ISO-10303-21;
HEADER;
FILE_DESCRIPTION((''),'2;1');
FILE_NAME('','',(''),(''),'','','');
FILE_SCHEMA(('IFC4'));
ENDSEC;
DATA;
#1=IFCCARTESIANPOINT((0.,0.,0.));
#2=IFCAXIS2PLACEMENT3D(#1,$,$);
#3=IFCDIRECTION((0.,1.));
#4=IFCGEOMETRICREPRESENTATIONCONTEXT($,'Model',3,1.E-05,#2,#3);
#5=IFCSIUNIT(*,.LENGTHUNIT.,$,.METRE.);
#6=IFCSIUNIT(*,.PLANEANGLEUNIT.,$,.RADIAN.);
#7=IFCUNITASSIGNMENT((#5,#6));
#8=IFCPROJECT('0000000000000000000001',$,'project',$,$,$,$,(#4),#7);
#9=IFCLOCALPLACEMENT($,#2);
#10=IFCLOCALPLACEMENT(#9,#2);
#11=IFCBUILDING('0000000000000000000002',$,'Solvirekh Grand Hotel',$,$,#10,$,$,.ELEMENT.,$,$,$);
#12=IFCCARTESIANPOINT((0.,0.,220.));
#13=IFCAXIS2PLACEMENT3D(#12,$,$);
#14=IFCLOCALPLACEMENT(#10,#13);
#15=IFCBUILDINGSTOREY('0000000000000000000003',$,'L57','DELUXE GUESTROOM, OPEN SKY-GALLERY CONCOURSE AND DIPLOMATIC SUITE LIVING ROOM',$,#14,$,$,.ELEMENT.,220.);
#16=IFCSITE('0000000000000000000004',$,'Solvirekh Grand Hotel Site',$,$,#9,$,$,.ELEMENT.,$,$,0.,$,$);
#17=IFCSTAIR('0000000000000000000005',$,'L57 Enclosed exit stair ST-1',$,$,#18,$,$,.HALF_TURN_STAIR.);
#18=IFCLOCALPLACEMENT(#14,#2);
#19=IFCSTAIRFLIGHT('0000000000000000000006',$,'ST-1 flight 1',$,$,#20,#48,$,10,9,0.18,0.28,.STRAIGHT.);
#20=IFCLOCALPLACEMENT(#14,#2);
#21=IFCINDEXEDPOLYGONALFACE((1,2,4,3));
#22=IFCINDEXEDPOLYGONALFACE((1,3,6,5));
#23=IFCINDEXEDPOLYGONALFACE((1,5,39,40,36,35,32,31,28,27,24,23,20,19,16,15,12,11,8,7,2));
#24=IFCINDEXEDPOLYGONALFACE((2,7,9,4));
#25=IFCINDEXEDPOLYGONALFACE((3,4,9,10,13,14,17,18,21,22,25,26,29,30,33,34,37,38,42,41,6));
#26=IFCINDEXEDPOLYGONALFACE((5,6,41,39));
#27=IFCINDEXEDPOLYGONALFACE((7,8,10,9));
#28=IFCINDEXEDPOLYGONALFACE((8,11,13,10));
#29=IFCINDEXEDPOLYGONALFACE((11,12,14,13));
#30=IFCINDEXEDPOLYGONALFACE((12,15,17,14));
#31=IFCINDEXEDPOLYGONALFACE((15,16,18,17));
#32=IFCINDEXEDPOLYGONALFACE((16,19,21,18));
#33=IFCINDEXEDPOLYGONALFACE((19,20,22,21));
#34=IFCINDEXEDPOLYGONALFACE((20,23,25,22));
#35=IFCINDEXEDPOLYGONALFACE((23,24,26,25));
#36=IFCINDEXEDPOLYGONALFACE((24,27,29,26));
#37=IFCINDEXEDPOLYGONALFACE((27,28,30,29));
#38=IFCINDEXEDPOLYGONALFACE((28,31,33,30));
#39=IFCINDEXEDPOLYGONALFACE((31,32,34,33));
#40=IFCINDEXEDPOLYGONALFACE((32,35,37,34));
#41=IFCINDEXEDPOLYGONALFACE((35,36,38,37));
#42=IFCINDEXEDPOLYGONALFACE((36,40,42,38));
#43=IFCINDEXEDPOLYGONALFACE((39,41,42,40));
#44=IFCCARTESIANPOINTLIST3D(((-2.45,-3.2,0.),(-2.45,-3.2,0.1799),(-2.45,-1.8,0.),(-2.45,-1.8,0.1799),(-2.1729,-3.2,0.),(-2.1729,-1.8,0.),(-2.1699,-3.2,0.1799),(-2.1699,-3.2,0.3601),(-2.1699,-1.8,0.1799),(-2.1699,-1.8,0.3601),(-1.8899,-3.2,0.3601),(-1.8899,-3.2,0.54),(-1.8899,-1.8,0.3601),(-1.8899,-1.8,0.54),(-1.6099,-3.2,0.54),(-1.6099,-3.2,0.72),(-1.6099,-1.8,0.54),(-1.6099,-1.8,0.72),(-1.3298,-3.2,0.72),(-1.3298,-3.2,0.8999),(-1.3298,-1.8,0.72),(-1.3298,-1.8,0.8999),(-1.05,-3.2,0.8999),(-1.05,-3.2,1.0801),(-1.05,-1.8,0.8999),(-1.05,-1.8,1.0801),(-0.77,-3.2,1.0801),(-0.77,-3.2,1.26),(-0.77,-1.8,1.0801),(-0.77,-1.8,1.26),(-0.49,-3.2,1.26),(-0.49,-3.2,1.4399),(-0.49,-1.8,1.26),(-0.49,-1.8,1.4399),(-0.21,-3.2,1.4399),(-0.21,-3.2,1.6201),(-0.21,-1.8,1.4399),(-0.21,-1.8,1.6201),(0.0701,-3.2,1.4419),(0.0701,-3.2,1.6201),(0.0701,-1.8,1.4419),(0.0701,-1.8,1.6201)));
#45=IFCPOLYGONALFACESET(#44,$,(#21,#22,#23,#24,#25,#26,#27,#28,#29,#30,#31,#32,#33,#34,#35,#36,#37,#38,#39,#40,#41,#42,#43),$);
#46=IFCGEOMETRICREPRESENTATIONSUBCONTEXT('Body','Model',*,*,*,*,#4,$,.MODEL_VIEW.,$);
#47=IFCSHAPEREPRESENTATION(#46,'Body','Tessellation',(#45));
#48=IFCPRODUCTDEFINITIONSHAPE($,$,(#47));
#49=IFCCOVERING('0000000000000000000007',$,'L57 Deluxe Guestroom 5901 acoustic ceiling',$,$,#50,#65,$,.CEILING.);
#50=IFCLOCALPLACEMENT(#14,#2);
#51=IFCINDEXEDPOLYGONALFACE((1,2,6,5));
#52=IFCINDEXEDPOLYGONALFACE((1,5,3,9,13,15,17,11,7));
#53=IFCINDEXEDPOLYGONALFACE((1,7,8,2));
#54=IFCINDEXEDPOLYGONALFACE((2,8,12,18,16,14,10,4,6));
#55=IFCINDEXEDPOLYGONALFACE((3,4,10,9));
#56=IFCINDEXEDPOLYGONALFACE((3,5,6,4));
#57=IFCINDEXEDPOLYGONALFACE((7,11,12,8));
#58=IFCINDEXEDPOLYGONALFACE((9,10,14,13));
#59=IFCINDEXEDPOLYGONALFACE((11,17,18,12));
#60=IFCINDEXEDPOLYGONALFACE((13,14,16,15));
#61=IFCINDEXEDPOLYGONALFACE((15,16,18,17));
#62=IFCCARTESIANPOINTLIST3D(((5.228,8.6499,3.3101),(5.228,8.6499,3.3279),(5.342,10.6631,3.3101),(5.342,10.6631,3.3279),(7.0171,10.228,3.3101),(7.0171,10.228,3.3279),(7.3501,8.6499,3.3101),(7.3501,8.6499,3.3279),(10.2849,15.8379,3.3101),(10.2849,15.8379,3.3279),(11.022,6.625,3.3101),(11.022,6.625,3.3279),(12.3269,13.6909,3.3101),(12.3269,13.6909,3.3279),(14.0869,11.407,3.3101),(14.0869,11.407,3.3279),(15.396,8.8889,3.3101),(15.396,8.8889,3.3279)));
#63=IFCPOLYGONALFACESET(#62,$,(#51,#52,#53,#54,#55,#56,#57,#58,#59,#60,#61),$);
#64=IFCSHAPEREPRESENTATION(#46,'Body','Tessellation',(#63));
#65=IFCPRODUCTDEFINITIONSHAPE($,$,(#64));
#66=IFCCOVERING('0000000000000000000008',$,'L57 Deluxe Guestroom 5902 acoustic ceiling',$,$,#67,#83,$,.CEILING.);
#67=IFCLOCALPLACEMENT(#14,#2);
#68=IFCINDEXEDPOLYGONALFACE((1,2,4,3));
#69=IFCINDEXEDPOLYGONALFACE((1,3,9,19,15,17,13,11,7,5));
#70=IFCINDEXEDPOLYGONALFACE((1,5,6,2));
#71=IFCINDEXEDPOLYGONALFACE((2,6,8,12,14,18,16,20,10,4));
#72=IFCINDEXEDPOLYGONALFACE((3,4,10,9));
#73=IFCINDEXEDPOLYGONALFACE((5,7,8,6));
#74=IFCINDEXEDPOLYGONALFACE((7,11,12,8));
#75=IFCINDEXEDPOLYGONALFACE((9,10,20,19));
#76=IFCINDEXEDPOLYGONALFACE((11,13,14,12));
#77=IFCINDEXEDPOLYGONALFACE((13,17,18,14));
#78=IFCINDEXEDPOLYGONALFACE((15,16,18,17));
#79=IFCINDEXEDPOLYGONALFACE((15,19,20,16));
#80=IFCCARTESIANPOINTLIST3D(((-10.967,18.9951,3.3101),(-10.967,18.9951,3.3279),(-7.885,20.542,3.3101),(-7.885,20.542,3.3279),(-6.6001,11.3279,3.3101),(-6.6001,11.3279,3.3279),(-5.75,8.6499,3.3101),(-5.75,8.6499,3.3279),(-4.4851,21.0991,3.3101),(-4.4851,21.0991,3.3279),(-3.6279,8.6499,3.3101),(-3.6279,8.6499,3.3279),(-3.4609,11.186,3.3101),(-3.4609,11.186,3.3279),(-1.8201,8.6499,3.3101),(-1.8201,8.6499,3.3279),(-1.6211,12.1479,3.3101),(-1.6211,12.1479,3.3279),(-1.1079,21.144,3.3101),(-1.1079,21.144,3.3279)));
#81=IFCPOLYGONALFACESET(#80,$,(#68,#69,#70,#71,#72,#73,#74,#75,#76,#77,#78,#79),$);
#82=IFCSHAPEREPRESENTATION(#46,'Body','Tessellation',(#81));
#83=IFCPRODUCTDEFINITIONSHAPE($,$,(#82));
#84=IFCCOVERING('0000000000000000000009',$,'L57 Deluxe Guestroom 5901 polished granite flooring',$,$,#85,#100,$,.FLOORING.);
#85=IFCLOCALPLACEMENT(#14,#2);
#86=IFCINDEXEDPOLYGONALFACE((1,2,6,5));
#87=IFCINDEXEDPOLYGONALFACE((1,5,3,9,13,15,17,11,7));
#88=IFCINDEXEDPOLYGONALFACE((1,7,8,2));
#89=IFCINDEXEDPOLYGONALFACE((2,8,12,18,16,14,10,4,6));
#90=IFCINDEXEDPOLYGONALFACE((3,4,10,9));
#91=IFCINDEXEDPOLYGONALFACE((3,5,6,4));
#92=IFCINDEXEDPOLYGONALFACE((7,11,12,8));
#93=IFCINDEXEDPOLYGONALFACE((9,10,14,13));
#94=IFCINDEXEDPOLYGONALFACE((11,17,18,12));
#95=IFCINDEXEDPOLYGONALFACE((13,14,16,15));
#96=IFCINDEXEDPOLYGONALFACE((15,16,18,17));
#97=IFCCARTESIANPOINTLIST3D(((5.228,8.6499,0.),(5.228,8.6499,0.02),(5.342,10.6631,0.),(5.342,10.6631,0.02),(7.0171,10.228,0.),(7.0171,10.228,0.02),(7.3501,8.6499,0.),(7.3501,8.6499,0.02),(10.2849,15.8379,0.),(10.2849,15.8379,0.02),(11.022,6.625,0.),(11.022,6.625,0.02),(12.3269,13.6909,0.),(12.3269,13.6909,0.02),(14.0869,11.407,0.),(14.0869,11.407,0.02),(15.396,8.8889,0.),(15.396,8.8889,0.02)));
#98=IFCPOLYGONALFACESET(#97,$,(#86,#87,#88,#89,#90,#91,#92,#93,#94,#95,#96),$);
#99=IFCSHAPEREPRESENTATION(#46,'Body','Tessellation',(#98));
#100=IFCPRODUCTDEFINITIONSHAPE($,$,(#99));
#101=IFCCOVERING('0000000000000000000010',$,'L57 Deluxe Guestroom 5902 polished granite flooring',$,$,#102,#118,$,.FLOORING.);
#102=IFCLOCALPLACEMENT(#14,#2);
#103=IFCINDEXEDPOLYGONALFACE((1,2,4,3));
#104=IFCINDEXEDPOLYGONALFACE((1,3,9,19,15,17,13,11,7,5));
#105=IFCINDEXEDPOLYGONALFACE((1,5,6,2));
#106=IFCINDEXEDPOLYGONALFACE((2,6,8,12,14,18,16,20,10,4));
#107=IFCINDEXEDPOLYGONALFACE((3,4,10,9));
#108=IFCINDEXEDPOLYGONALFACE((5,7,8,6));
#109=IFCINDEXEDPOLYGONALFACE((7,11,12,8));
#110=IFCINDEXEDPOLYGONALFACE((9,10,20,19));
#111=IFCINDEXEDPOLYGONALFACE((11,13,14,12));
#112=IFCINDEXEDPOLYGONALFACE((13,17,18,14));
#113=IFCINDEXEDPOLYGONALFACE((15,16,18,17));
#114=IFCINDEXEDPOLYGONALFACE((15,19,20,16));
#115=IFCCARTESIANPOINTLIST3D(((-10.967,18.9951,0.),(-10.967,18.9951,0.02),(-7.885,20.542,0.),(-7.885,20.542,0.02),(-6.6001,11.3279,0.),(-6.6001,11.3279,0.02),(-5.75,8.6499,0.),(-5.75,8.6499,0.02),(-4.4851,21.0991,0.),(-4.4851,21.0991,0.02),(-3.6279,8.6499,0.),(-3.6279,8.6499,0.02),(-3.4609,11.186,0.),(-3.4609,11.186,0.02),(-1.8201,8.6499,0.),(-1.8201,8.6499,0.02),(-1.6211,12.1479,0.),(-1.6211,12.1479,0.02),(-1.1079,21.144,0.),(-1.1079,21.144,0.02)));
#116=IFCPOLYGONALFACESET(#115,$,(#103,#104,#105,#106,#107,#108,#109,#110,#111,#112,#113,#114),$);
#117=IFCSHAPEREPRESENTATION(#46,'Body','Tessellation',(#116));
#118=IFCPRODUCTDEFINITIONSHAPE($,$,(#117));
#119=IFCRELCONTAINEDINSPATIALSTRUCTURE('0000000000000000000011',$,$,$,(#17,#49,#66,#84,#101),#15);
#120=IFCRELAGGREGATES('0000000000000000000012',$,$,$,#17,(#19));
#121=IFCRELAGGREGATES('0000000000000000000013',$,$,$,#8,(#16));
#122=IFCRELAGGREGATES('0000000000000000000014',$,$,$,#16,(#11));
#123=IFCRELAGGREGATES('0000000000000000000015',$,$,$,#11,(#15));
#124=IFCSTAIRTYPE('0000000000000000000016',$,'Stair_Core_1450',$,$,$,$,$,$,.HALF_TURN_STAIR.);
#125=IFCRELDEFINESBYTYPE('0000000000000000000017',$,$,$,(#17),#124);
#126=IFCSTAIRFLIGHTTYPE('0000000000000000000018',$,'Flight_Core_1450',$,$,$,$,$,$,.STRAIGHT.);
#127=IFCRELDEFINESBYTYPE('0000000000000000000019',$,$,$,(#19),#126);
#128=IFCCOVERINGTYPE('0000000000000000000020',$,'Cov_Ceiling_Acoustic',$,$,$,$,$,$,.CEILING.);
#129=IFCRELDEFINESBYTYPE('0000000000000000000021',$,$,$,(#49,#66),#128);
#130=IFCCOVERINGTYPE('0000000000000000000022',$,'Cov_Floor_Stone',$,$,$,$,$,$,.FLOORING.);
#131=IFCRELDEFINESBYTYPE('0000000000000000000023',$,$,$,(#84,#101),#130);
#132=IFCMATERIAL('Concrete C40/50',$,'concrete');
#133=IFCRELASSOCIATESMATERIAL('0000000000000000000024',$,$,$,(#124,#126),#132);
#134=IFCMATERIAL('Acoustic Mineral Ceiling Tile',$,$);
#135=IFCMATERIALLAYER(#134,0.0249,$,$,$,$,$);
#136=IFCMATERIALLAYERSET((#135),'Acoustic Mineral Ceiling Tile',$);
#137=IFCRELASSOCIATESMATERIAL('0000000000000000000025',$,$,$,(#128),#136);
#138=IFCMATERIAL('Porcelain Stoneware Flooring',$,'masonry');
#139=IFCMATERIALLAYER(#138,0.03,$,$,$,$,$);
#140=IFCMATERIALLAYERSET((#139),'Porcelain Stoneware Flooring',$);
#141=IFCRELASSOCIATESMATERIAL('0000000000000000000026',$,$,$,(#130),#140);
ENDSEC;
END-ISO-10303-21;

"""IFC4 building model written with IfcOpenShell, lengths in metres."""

from ifc_helpers import new_model, si_unit, direction, frame, origin, place, context, subcontext, project, spatial, polyline, outline, extrude, material, layer, layer_set, type_object, element, aggregate, save


model = new_model("IFC4")

# Units and contexts
model_context = context("Model", 3, precision=1e-05, world=origin(), true_north=direction((0.0, 1.0)))
body_context = subcontext(model_context, "Body", "Model", "MODEL_VIEW")
ifc_project = project(units=[si_unit("LENGTHUNIT", "METRE"), si_unit("PLANEANGLEUNIT", "RADIAN")], contexts=[model_context])

# Site, building, storey
site_placement = place(None, origin())
site = spatial("IfcSite", under=ifc_project, at=site_placement, Name="Solvirekh Grand Hotel Site", CompositionType="ELEMENT", RefElevation=0.0)
building_placement = place(site_placement, origin())
building = spatial("IfcBuilding", under=site, at=building_placement, Name="Solvirekh Grand Hotel", CompositionType="ELEMENT")
storey_placement = place(building_placement, frame((0.0, 0.0, 220.0)))
storey = spatial("IfcBuildingStorey", under=building, at=storey_placement, Name="L57", Description="DELUXE GUESTROOM, OPEN SKY-GALLERY CONCOURSE AND DIPLOMATIC SUITE LIVING ROOM", CompositionType="ELEMENT", Elevation=220.0)

# Stair
ifc_material_1 = material(Name="Concrete C40/50", Category="concrete")
stair_type = type_object("IfcStairType", Name="Stair_Core_1450", PredefinedType="HALF_TURN_STAIR", material=ifc_material_1)
stair_1_placement = place(storey_placement, origin())
stair_1 = element("IfcStair", 1, at=stair_1_placement, inside=storey, type_object=stair_type, Name="L57 Enclosed exit stair ST-1", PredefinedType="HALF_TURN_STAIR")

# Stair flight
stair_flight_type = type_object("IfcStairFlightType", Name="Flight_Core_1450", PredefinedType="STRAIGHT", material=ifc_material_1)
stair_flight_placement = place(storey_placement, frame((-2.45, -2.5, 0.0), z_axis=(0.0, 0.0, 1.0), x_axis=(1.0, 0.0, 0.0)))
stair_flight = element("IfcStairFlight", 2, at=stair_flight_placement, type_object=stair_flight_type, Name="ST-1 flight 1", NumberOfRisers=10, NumberOfTreads=9, PredefinedType="STRAIGHT", RiserHeight=0.18, TreadLength=0.28, context=body_context, shape_type="SweptSolid", body=[
    extrude(outline(polyline([(0.0, 0.0), (0.0, 0.1799), (0.28, 0.1799), (0.28, 0.3601), (0.5601, 0.3601), (0.5601, 0.54), (0.8401, 0.54), (0.8401, 0.72), (1.1201, 0.72), (1.1201, 0.8999), (1.3999, 0.8999), (1.3999, 1.0801), (1.6799, 1.0801), (1.6799, 1.26), (1.96, 1.26), (1.96, 1.4399), (2.24, 1.4399), (2.24, 1.6201), (2.52, 1.6201), (2.52, 1.8), (2.52, 1.4419), (0.2771, 0.0), (0.0, 0.0)])), frame((0.0, 0.7, 0.0), z_axis=(0.0, -1.0, 0.0), x_axis=(1.0, 0.0, 0.0)), (0.0, 0.0, 1.0), 1.3999),
])
aggregate(stair_1, [stair_flight])

# Coverings
ifc_material_2 = material(Name="Acoustic Mineral Ceiling Tile")
ifc_layer_1 = layer(ifc_material_2, 0.0249)
ifc_layer_set_1 = layer_set([ifc_layer_1], Name="Acoustic Mineral Ceiling Tile")
covering_type_1 = type_object("IfcCoveringType", Name="Cov_Ceiling_Acoustic", PredefinedType="CEILING", material=ifc_layer_set_1)
covering_1_placement = place(storey_placement, frame((0.0, 0.0, 3.3101)))
element("IfcCovering", 3, at=covering_1_placement, inside=storey, type_object=covering_type_1, Name="L57 Deluxe Guestroom 5901 acoustic ceiling", PredefinedType="CEILING", context=body_context, shape_type="SweptSolid", body=[
    extrude(outline(polyline([(5.342, 10.6631), (7.0171, 10.228), (5.228, 8.6499), (7.3501, 8.6499), (11.022, 6.625), (15.396, 8.8889), (14.0869, 11.407), (12.3269, 13.6909), (10.2849, 15.8379), (5.342, 10.6631)])), origin(), (0.0, 0.0, 1.0), 0.0178),
])
covering_2_placement = place(storey_placement, frame((0.0, 0.0, 3.3101)))
element("IfcCovering", 4, at=covering_2_placement, inside=storey, type_object=covering_type_1, Name="L57 Deluxe Guestroom 5902 acoustic ceiling", PredefinedType="CEILING", context=body_context, shape_type="SweptSolid", body=[
    extrude(outline(polyline([(-3.6279, 8.6499), (-3.4609, 11.186), (-1.6211, 12.1479), (-1.8201, 8.6499), (-1.1079, 21.144), (-4.4851, 21.0991), (-7.885, 20.542), (-10.967, 18.9951), (-6.6001, 11.3279), (-5.75, 8.6499), (-3.6279, 8.6499)])), origin(), (0.0, 0.0, 1.0), 0.0178),
])
ifc_material_3 = material(Name="Porcelain Stoneware Flooring", Category="masonry")
ifc_layer_2 = layer(ifc_material_3, 0.03)
ifc_layer_set_2 = layer_set([ifc_layer_2], Name="Porcelain Stoneware Flooring")
covering_type_2 = type_object("IfcCoveringType", Name="Cov_Floor_Stone", PredefinedType="FLOORING", material=ifc_layer_set_2)
covering_3_placement = place(storey_placement, origin())
element("IfcCovering", 5, at=covering_3_placement, inside=storey, type_object=covering_type_2, Name="L57 Deluxe Guestroom 5901 polished granite flooring", PredefinedType="FLOORING", context=body_context, shape_type="SweptSolid", body=[
    extrude(outline(polyline([(5.342, 10.6631), (7.0171, 10.228), (5.228, 8.6499), (7.3501, 8.6499), (11.022, 6.625), (15.396, 8.8889), (14.0869, 11.407), (12.3269, 13.6909), (10.2849, 15.8379), (5.342, 10.6631)])), origin(), (0.0, 0.0, 1.0), 0.02),
])
covering_4_placement = place(storey_placement, origin())
element("IfcCovering", 6, at=covering_4_placement, inside=storey, type_object=covering_type_2, Name="L57 Deluxe Guestroom 5902 polished granite flooring", PredefinedType="FLOORING", context=body_context, shape_type="SweptSolid", body=[
    extrude(outline(polyline([(-3.6279, 8.6499), (-3.4609, 11.186), (-1.6211, 12.1479), (-1.8201, 8.6499), (-1.1079, 21.144), (-4.4851, 21.0991), (-7.885, 20.542), (-10.967, 18.9951), (-6.6001, 11.3279), (-5.75, 8.6499), (-3.6279, 8.6499)])), origin(), (0.0, 0.0, 1.0), 0.02),
])

save(model, "model.ifc")
